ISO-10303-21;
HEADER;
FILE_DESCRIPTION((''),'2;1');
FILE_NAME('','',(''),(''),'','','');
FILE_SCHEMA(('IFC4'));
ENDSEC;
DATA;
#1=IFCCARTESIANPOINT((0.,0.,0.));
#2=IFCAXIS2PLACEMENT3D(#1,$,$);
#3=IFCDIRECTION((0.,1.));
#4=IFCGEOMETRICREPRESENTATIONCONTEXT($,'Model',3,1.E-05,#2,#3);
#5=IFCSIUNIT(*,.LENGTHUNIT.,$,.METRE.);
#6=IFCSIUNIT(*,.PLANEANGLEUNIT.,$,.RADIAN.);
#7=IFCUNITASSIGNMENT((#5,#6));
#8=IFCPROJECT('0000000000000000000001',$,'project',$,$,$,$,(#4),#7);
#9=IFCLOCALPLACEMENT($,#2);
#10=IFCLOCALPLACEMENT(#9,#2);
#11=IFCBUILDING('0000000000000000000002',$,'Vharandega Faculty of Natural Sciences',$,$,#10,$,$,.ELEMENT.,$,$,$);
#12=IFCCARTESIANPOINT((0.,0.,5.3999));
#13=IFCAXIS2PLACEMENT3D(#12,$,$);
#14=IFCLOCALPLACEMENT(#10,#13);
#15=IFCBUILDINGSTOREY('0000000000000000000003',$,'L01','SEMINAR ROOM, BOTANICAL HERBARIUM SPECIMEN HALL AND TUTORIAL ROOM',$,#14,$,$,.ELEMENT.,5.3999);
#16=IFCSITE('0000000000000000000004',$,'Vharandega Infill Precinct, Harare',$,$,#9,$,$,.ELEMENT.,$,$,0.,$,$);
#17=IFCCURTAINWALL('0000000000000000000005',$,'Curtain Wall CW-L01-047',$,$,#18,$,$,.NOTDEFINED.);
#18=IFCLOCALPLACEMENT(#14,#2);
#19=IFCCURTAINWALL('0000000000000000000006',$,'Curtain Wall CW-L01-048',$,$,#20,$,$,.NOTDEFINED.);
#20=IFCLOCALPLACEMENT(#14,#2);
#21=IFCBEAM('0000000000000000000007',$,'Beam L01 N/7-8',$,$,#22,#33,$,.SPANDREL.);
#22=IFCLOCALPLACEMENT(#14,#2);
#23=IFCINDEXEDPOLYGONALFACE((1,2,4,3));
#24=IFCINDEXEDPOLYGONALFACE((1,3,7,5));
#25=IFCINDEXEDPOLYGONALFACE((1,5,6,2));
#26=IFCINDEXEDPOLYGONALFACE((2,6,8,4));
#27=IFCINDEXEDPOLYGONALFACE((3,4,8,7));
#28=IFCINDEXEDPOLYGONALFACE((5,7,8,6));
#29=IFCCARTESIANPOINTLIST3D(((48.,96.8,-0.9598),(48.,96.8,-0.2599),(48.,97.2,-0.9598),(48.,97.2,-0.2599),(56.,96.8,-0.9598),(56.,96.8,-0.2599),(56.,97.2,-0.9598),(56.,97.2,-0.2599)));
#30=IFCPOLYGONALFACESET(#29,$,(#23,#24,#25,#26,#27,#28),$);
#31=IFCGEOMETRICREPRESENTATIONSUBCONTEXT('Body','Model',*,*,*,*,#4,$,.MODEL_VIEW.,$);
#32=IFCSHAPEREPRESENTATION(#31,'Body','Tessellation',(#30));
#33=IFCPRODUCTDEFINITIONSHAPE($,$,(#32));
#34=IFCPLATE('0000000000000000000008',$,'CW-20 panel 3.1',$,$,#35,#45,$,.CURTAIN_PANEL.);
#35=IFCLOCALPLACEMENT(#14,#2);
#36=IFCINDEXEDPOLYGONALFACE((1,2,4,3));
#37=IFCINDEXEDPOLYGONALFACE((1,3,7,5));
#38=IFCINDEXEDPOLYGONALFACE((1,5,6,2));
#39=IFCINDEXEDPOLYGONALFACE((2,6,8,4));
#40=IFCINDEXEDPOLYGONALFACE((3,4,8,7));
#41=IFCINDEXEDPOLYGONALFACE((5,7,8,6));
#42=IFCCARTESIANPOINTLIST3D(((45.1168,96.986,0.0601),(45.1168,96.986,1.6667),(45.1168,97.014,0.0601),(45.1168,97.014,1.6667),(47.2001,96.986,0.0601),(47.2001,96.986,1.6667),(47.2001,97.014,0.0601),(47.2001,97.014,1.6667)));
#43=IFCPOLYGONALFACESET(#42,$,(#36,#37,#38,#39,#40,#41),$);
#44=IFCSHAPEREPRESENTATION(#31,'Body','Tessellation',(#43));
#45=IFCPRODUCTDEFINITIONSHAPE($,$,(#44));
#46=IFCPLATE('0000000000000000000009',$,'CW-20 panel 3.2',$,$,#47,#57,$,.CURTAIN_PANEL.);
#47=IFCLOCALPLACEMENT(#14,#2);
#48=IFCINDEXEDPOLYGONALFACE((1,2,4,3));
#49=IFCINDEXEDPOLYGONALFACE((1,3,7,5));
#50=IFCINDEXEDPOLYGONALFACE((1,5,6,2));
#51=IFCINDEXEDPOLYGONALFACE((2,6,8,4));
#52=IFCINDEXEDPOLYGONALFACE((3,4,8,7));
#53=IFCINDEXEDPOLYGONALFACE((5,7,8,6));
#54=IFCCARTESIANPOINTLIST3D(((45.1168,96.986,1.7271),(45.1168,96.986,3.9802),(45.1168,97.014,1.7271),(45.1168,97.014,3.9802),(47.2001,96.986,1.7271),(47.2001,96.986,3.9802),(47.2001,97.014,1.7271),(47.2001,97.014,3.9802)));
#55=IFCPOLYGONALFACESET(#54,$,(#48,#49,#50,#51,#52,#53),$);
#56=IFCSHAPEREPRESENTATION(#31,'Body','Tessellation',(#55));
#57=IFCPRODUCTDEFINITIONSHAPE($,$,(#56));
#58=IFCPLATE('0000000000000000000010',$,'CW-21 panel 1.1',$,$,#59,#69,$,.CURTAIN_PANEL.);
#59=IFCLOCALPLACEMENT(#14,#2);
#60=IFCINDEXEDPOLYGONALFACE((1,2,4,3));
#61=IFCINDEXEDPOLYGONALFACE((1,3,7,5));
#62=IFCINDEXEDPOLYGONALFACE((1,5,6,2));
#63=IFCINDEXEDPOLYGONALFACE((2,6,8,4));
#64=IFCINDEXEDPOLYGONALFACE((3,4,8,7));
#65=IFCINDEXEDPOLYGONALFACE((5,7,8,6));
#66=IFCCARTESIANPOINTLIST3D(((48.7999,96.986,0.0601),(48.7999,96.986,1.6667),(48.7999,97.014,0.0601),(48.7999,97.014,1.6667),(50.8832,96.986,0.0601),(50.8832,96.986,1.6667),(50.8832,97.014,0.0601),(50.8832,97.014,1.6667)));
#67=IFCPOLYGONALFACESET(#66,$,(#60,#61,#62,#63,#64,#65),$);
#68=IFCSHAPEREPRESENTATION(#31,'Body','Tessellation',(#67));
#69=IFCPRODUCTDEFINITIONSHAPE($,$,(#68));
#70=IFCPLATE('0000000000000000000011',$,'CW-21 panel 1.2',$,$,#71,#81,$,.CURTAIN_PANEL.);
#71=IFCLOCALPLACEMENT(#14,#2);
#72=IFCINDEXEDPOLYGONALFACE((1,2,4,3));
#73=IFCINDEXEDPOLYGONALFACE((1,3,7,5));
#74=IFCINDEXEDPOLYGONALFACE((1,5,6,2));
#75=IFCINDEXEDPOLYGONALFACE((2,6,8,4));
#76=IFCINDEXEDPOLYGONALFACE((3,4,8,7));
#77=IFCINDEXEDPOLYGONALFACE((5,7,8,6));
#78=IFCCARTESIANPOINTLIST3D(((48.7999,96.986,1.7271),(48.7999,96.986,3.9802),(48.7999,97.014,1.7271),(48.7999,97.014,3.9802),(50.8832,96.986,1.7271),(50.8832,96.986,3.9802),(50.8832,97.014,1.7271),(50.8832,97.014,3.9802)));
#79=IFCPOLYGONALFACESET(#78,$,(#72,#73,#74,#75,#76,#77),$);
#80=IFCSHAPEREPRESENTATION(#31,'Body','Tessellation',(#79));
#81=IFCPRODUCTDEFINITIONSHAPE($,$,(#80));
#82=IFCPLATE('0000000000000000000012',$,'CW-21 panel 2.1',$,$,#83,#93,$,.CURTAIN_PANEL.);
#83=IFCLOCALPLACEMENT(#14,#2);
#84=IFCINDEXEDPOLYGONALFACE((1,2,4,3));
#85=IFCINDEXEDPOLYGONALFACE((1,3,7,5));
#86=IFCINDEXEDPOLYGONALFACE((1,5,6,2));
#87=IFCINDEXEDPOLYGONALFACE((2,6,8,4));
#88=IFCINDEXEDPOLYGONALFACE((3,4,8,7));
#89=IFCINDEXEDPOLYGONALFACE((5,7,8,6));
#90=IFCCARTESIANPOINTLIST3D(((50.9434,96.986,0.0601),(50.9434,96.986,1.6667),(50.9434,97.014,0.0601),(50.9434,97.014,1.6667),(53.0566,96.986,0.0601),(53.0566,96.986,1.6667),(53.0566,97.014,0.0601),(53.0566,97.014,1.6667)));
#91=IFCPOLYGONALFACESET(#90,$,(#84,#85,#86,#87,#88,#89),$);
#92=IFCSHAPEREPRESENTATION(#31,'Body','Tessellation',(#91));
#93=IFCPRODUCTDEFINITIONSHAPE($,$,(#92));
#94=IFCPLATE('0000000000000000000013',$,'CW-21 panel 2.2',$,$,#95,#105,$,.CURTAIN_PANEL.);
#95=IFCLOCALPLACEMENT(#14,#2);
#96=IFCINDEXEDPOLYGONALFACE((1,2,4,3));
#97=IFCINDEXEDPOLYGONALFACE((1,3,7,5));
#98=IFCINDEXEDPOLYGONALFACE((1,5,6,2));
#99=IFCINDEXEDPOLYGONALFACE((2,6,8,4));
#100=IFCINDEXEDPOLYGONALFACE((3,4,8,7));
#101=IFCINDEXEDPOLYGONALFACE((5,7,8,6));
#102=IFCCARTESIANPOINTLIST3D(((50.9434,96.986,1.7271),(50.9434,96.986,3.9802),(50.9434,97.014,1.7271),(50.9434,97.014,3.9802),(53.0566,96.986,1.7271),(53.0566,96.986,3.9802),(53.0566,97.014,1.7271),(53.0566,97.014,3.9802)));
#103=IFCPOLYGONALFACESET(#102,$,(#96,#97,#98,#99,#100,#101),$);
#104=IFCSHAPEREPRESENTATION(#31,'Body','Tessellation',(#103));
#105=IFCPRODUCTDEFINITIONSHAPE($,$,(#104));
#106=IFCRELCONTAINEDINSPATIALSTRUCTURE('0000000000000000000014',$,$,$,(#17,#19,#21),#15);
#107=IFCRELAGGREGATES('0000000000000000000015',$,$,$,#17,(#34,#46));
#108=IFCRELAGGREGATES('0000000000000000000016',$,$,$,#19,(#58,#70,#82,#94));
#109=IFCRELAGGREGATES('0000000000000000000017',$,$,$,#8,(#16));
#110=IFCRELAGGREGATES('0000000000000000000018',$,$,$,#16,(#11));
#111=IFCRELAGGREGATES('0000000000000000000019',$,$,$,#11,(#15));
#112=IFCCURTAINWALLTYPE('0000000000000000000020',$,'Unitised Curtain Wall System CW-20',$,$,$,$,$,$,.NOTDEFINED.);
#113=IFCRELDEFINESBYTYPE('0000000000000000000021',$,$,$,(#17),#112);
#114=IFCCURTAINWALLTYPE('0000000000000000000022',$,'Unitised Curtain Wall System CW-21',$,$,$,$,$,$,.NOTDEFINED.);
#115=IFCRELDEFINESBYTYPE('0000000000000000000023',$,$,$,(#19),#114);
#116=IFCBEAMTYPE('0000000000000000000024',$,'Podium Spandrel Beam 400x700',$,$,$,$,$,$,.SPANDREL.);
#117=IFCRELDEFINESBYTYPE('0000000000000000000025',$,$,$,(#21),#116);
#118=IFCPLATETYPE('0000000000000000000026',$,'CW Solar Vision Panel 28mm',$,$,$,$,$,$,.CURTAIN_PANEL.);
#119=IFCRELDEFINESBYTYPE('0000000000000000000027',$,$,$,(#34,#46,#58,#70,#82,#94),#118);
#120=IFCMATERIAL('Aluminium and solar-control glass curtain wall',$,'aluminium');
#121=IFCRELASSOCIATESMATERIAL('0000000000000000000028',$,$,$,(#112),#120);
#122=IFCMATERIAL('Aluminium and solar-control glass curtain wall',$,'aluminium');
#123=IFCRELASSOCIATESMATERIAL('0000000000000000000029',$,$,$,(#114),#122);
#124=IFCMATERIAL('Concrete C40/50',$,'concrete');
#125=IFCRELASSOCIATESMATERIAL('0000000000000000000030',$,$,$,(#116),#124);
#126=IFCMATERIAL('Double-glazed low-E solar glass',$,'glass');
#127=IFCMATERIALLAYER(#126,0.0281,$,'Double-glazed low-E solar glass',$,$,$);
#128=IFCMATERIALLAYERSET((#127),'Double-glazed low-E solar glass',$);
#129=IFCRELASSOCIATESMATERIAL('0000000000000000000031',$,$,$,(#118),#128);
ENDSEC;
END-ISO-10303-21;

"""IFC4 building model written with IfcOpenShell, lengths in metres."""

from ifc_helpers import new_model, si_unit, direction, frame, origin, origin_2d, place, context, subcontext, project, spatial, rectangle, extrude, material, layer, layer_set, material_profile, profile_set, type_object, element, aggregate, save


model = new_model("IFC4")

# Units and contexts
model_context = context("Model", 3, precision=1e-05, world=origin(), true_north=direction((0.0, 1.0)))
body_context = subcontext(model_context, "Body", "Model", "MODEL_VIEW")
ifc_project = project(units=[si_unit("LENGTHUNIT", "METRE"), si_unit("PLANEANGLEUNIT", "RADIAN")], contexts=[model_context])

# Site, building, storey
site_placement = place(None, origin())
site = spatial("IfcSite", under=ifc_project, at=site_placement, Name="Vharandega Infill Precinct, Harare", CompositionType="ELEMENT", RefElevation=0.0)
building_placement = place(site_placement, origin())
building = spatial("IfcBuilding", under=site, at=building_placement, Name="Vharandega Faculty of Natural Sciences", CompositionType="ELEMENT")
storey_placement = place(building_placement, frame((0.0, 0.0, 5.3999)))
storey = spatial("IfcBuildingStorey", under=building, at=storey_placement, Name="L01", Description="SEMINAR ROOM, BOTANICAL HERBARIUM SPECIMEN HALL AND TUTORIAL ROOM", CompositionType="ELEMENT", Elevation=5.3999)

# Curtain wall
ifc_material_1 = material(Name="Aluminium and solar-control glass curtain wall", Category="aluminium")
curtain_wall_type_1 = type_object("IfcCurtainWallType", Name="Unitised Curtain Wall System CW-20", PredefinedType="NOTDEFINED", material=ifc_material_1)
curtain_wall_1_placement = place(storey_placement, origin())
curtain_wall_1 = element("IfcCurtainWall", 1, at=curtain_wall_1_placement, inside=storey, type_object=curtain_wall_type_1, Name="Curtain Wall CW-L01-047", PredefinedType="NOTDEFINED")

# Curtain wall
ifc_material_2 = material(Name="Aluminium and solar-control glass curtain wall", Category="aluminium")
curtain_wall_type_2 = type_object("IfcCurtainWallType", Name="Unitised Curtain Wall System CW-21", PredefinedType="NOTDEFINED", material=ifc_material_2)
curtain_wall_2_placement = place(storey_placement, origin())
curtain_wall_2 = element("IfcCurtainWall", 2, at=curtain_wall_2_placement, inside=storey, type_object=curtain_wall_type_2, Name="Curtain Wall CW-L01-048", PredefinedType="NOTDEFINED")

# Beam
ifc_material_3 = material(Name="Concrete C40/50", Category="concrete")
ifc_material_profile_1 = material_profile(ifc_material_3, rectangle(XDim=0.3999, YDim=0.7, at=origin_2d()), Name="RC 400x700")
ifc_profile_set_1 = profile_set([ifc_material_profile_1], Name="Concrete C40/50")
beam_type_1 = type_object("IfcBeamType", Name="Podium Spandrel Beam 400x700", PredefinedType="SPANDREL", material=ifc_profile_set_1)
beam_1_placement = place(storey_placement, frame((48.0, 97.0, -0.6099), z_axis=(1.0, 0.0, 0.0), x_axis=(0.0, 1.0, 0.0)))
element("IfcBeam", 3, at=beam_1_placement, inside=storey, type_object=beam_type_1, Name="Beam L01 N/7-8", PredefinedType="SPANDREL", context=body_context, shape_type="SweptSolid", body=[
    extrude(rectangle(XDim=0.3999, YDim=0.7, at=origin_2d()), origin(), (0.0, 0.0, 1.0), 8.0),
])

# Plates
ifc_material_4 = material(Name="Double-glazed low-E solar glass", Category="glass")
ifc_layer = layer(ifc_material_4, 0.0281, Name="Double-glazed low-E solar glass")
ifc_layer_set = layer_set([ifc_layer], Name="Double-glazed low-E solar glass")
plate_type = type_object("IfcPlateType", Name="CW Solar Vision Panel 28mm", PredefinedType="CURTAIN_PANEL", material=ifc_layer_set)
plate_1_placement = place(storey_placement, frame((46.1584, 97.0, 0.0601), z_axis=(0.0, 0.0, 1.0), x_axis=(1.0, 0.0, 0.0)))
plate_1 = element("IfcPlate", 4, at=plate_1_placement, type_object=plate_type, Name="CW-20 panel 3.1", PredefinedType="CURTAIN_PANEL", context=body_context, shape_type="SweptSolid", body=[
    extrude(rectangle(XDim=2.0833, YDim=0.0281, at=origin_2d()), origin(), (0.0, 0.0, 1.0), 1.6067),
])
plate_2_placement = place(storey_placement, frame((46.1584, 97.0, 1.7271), z_axis=(0.0, 0.0, 1.0), x_axis=(1.0, 0.0, 0.0)))
plate_2 = element("IfcPlate", 5, at=plate_2_placement, type_object=plate_type, Name="CW-20 panel 3.2", PredefinedType="CURTAIN_PANEL", context=body_context, shape_type="SweptSolid", body=[
    extrude(rectangle(XDim=2.0833, YDim=0.0281, at=origin_2d()), origin(), (0.0, 0.0, 1.0), 2.2532),
])
aggregate(curtain_wall_1, [plate_1, plate_2])
plate_3_placement = place(storey_placement, frame((49.8416, 97.0, 0.0601), z_axis=(0.0, 0.0, 1.0), x_axis=(1.0, 0.0, 0.0)))
plate_3 = element("IfcPlate", 6, at=plate_3_placement, type_object=plate_type, Name="CW-21 panel 1.1", PredefinedType="CURTAIN_PANEL", context=body_context, shape_type="SweptSolid", body=[
    extrude(rectangle(XDim=2.0833, YDim=0.0281, at=origin_2d()), origin(), (0.0, 0.0, 1.0), 1.6067),
])
plate_4_placement = place(storey_placement, frame((49.8416, 97.0, 1.7271), z_axis=(0.0, 0.0, 1.0), x_axis=(1.0, 0.0, 0.0)))
plate_4 = element("IfcPlate", 7, at=plate_4_placement, type_object=plate_type, Name="CW-21 panel 1.2", PredefinedType="CURTAIN_PANEL", context=body_context, shape_type="SweptSolid", body=[
    extrude(rectangle(XDim=2.0833, YDim=0.0281, at=origin_2d()), origin(), (0.0, 0.0, 1.0), 2.2532),
])
plate_5_placement = place(storey_placement, frame((52.0, 97.0, 0.0601), z_axis=(0.0, 0.0, 1.0), x_axis=(1.0, 0.0, 0.0)))
plate_5 = element("IfcPlate", 8, at=plate_5_placement, type_object=plate_type, Name="CW-21 panel 2.1", PredefinedType="CURTAIN_PANEL", context=body_context, shape_type="SweptSolid", body=[
    extrude(rectangle(XDim=2.1133, YDim=0.0281, at=origin_2d()), origin(), (0.0, 0.0, 1.0), 1.6067),
])
plate_6_placement = place(storey_placement, frame((52.0, 97.0, 1.7271), z_axis=(0.0, 0.0, 1.0), x_axis=(1.0, 0.0, 0.0)))
plate_6 = element("IfcPlate", 9, at=plate_6_placement, type_object=plate_type, Name="CW-21 panel 2.2", PredefinedType="CURTAIN_PANEL", context=body_context, shape_type="SweptSolid", body=[
    extrude(rectangle(XDim=2.1133, YDim=0.0281, at=origin_2d()), origin(), (0.0, 0.0, 1.0), 2.2532),
])
aggregate(curtain_wall_2, [plate_3, plate_4, plate_5, plate_6])

save(model, "model.ifc")
